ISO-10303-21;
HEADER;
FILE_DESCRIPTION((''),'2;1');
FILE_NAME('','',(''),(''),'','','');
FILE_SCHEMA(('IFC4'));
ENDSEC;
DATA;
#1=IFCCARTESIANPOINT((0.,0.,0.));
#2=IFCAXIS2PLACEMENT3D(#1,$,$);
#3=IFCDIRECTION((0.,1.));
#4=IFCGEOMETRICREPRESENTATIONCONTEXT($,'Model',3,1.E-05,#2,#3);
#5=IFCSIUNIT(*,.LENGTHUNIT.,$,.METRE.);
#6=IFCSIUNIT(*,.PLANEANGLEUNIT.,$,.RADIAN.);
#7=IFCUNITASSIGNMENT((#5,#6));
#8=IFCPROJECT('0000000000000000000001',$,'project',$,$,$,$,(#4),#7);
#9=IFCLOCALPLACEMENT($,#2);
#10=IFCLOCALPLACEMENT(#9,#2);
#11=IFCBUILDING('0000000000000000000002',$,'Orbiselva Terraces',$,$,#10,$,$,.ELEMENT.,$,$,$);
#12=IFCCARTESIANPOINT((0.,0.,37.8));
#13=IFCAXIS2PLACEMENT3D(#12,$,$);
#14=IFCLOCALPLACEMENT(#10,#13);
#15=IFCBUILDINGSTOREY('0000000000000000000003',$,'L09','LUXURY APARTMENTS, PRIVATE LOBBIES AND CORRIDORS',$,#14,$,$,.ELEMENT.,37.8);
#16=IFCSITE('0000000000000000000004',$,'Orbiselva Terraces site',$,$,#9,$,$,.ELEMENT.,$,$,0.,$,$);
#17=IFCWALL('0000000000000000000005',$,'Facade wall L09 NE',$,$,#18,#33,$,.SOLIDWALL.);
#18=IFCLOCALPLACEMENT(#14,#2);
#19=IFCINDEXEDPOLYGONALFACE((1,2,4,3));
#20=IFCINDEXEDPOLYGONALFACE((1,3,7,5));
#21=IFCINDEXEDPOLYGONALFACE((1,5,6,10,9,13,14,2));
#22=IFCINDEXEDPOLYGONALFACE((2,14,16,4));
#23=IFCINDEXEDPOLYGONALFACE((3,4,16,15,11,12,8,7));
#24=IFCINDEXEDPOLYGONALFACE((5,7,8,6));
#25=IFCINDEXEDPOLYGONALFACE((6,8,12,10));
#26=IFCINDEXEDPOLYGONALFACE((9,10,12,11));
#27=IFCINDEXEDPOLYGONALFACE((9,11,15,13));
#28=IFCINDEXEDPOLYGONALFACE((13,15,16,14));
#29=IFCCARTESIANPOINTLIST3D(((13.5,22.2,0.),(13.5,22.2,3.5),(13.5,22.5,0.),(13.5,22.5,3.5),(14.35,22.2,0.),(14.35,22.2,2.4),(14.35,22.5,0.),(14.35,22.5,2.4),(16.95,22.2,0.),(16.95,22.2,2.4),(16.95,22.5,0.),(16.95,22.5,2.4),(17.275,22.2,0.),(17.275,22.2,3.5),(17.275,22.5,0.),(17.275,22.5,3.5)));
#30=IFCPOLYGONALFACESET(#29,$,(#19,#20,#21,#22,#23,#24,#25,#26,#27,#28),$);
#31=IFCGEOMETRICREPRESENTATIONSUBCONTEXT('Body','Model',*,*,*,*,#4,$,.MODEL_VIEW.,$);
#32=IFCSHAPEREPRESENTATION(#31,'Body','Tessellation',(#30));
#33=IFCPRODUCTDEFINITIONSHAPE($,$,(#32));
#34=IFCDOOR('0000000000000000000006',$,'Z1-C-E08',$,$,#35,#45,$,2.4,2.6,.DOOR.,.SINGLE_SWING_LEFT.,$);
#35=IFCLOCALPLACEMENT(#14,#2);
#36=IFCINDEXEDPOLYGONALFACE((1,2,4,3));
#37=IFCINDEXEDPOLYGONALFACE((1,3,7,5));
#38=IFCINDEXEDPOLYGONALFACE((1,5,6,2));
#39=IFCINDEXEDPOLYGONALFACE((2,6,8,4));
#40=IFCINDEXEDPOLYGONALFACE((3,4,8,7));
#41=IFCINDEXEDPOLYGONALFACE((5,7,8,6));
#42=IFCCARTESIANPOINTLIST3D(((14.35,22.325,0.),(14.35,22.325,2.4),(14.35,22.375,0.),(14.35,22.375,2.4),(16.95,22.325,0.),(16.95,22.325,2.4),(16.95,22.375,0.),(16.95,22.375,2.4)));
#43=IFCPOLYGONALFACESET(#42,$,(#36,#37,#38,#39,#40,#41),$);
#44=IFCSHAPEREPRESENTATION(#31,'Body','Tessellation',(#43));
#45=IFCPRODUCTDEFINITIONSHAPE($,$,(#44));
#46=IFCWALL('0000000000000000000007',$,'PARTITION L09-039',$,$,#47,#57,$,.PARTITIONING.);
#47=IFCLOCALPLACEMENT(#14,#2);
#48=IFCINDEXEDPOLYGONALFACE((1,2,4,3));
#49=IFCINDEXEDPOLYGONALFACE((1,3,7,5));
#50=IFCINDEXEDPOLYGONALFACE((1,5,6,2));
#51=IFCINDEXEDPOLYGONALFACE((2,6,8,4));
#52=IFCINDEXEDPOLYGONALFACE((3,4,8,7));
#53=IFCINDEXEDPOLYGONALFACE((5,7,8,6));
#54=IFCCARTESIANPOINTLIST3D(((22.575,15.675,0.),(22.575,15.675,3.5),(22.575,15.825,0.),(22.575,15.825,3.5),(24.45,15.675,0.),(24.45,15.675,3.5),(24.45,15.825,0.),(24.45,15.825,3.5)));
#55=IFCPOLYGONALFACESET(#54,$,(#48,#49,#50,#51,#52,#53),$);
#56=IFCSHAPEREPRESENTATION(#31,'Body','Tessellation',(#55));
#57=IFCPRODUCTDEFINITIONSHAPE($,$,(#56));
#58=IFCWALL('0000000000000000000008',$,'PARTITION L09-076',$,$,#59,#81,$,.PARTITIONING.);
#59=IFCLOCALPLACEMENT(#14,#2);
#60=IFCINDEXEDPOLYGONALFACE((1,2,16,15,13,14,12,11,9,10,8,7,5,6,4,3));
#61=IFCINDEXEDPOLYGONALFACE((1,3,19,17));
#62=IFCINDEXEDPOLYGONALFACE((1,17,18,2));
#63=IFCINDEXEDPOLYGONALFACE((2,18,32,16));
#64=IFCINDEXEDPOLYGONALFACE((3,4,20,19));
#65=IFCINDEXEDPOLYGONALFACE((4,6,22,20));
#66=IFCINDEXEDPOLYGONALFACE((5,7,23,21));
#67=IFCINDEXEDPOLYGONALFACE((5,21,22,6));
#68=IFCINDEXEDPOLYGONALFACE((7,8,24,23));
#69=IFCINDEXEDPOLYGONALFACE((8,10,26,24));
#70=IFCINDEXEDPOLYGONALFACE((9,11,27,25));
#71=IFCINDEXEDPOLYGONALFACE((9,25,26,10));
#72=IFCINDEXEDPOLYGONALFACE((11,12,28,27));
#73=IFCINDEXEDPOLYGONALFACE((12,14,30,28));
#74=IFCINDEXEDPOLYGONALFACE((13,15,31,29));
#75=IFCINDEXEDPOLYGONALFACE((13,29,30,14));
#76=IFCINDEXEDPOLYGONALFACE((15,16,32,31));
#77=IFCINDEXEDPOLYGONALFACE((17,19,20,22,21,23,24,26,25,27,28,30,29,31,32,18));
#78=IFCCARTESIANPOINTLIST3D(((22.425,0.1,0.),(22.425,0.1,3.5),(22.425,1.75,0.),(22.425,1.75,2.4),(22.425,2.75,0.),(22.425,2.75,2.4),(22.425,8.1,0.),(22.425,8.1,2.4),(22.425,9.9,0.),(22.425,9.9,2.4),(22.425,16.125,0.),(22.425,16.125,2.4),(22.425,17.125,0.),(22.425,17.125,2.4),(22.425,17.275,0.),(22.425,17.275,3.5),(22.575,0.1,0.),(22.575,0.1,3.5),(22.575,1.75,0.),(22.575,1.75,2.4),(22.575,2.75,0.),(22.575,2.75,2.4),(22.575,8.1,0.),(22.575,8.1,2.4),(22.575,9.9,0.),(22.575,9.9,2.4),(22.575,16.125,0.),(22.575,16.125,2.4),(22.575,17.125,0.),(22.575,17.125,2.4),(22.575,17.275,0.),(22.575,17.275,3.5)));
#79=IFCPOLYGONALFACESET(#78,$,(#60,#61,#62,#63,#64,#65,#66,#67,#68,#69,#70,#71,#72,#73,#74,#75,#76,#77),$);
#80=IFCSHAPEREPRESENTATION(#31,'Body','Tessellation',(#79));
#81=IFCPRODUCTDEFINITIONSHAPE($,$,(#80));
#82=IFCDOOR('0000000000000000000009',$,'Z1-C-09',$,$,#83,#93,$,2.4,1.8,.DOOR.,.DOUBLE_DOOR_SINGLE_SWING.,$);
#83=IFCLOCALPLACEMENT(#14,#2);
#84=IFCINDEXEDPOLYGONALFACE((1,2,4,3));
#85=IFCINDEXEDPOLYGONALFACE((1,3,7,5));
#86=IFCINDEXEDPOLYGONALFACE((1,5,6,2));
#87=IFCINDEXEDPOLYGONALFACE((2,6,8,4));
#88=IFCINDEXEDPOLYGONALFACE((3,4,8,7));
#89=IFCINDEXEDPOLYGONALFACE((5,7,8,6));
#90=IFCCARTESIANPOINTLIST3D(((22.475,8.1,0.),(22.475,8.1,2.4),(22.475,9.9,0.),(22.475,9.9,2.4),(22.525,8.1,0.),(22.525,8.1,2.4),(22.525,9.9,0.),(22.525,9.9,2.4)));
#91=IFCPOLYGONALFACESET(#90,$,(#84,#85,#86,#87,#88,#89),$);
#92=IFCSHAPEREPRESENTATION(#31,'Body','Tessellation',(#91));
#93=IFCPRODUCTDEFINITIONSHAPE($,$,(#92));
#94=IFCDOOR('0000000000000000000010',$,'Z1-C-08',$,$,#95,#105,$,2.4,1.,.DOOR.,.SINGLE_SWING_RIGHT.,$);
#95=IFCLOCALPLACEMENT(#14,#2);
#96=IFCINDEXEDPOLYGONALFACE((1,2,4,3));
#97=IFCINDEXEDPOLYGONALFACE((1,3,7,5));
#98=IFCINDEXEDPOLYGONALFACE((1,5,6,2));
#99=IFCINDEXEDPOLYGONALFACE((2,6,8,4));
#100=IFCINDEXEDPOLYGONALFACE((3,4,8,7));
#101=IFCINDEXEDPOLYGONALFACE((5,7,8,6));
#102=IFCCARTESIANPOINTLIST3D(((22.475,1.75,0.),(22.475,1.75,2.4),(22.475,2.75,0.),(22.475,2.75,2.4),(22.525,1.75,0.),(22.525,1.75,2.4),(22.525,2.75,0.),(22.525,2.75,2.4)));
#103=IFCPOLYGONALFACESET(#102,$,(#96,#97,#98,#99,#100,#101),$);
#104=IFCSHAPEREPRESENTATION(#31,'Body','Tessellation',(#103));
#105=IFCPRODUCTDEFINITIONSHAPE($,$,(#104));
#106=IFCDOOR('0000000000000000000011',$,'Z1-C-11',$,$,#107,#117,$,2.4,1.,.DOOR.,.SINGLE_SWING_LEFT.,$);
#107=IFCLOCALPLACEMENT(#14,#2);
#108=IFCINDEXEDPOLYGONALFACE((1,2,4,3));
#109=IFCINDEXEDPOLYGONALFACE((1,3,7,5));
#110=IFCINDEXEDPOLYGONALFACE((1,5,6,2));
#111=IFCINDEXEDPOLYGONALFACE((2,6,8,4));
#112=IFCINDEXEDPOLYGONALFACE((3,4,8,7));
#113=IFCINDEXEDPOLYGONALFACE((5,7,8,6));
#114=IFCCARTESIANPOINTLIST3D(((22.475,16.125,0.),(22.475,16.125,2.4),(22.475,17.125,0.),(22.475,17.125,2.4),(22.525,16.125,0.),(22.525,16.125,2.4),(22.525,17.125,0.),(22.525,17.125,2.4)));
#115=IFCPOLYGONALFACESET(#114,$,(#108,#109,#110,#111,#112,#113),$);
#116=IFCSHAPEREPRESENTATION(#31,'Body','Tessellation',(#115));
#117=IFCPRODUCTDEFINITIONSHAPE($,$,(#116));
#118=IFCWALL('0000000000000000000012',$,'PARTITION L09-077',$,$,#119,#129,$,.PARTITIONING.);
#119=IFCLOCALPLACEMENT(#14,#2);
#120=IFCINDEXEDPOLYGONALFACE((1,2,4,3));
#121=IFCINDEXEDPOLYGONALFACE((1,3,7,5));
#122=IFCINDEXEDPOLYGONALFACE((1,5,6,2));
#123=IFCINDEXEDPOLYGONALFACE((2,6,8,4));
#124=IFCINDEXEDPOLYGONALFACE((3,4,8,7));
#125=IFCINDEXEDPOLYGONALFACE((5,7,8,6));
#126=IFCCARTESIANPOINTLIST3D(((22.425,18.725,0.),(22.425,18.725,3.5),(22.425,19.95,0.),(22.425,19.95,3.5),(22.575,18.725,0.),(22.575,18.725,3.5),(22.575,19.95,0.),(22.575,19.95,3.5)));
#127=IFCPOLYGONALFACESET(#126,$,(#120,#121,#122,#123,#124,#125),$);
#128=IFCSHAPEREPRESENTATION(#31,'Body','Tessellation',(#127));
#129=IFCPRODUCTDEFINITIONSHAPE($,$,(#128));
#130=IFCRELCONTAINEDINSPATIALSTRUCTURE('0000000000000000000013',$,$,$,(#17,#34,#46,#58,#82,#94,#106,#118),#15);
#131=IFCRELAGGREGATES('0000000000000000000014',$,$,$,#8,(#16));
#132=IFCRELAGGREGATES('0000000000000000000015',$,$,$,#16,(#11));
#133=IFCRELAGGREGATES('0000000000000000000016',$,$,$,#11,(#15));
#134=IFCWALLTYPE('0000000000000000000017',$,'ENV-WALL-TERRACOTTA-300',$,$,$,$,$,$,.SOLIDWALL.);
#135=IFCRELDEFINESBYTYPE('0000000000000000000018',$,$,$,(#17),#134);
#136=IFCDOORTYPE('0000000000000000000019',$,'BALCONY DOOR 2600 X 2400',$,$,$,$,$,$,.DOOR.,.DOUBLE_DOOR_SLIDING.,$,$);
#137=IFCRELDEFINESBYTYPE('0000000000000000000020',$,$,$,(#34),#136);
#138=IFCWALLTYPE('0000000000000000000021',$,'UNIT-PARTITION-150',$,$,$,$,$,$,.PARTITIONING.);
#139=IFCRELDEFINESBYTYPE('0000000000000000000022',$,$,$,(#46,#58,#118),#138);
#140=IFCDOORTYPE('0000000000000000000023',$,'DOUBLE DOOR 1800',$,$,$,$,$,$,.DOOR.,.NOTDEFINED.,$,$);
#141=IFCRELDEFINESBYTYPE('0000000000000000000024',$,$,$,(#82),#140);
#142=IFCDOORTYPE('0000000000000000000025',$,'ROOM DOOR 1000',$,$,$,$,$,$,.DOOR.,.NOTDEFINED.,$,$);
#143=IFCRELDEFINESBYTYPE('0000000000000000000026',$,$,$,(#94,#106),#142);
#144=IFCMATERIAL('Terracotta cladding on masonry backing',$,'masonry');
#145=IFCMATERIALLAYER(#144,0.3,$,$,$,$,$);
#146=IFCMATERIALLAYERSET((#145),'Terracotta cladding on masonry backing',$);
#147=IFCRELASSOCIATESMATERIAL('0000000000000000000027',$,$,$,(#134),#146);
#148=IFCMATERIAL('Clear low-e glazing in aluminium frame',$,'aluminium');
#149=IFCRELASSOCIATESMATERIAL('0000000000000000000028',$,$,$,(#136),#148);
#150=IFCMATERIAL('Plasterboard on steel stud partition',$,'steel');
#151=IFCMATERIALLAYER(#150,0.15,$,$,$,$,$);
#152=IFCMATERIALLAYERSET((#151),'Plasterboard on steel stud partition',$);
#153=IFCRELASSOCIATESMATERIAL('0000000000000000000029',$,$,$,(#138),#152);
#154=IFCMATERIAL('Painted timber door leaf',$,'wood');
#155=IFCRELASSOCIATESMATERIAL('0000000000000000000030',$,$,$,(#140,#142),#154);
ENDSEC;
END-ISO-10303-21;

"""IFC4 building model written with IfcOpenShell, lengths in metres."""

from ifc_helpers import new_model, si_unit, direction, frame, frame_2d, origin, place, context, subcontext, project, spatial, rectangle, extrude, material, layer, layer_set, type_object, element, fill, save


model = new_model("IFC4")

# Units and contexts
model_context = context("Model", 3, precision=1e-05, world=origin(), true_north=direction((0.0, 1.0)))
body_context = subcontext(model_context, "Body", "Model", "MODEL_VIEW")
ifc_project = project(units=[si_unit("LENGTHUNIT", "METRE"), si_unit("PLANEANGLEUNIT", "RADIAN")], contexts=[model_context])

# Site, building, storey
site_placement = place(None, origin())
site = spatial("IfcSite", under=ifc_project, at=site_placement, Name="Orbiselva Terraces site", CompositionType="ELEMENT", RefElevation=0.0)
building_placement = place(site_placement, origin())
building = spatial("IfcBuilding", under=site, at=building_placement, Name="Orbiselva Terraces", CompositionType="ELEMENT")
storey_placement = place(building_placement, frame((0.0, 0.0, 37.8)))
storey = spatial("IfcBuildingStorey", under=building, at=storey_placement, Name="L09", Description="LUXURY APARTMENTS, PRIVATE LOBBIES AND CORRIDORS", CompositionType="ELEMENT", Elevation=37.8)

# Shared definitions
ifc_material_1 = material(Name="Terracotta cladding on masonry backing", Category="masonry")
ifc_layer_1 = layer(ifc_material_1, 0.3)
ifc_layer_set_1 = layer_set([ifc_layer_1], Name="Terracotta cladding on masonry backing")
wall_type_1 = type_object("IfcWallType", Name="ENV-WALL-TERRACOTTA-300", PredefinedType="SOLIDWALL", material=ifc_layer_set_1)
ifc_material_2 = material(Name="Clear low-e glazing in aluminium frame", Category="aluminium")

# Wall, opening, door
wall_1_placement = place(storey_placement, frame((13.5, 22.35, 0.0), z_axis=(0.0, 0.0, 1.0), x_axis=(1.0, 0.0, 0.0)))
wall_1 = element("IfcWall", 1, at=wall_1_placement, inside=storey, type_object=wall_type_1, Name="Facade wall L09 NE", PredefinedType="SOLIDWALL", context=body_context, shape_type="SweptSolid", body=[
    extrude(rectangle(XDim=3.775, YDim=0.3, at=frame_2d((1.8875, 0.0))), origin(), (0.0, 0.0, 1.0), 3.5),
])
opening_1_placement = place(wall_1_placement, frame((0.85, 0.0, 0.0)))
opening_1 = element("IfcOpeningElement", 2, at=opening_1_placement, cuts=wall_1, PredefinedType="OPENING", context=body_context, shape_type="SweptSolid", body=[
    extrude(rectangle(XDim=2.6, YDim=2.4, at=frame_2d((1.3, 1.2))), frame((0.0, 0.16, 0.0), z_axis=(0.0, -1.0, 0.0), x_axis=(1.0, 0.0, 0.0)), (0.0, 0.0, 1.0), 0.32),
])
door_type_1 = type_object("IfcDoorType", Name="BALCONY DOOR 2600 X 2400", OperationType="DOUBLE_DOOR_SLIDING", PredefinedType="DOOR", material=ifc_material_2)
door_1_placement = place(opening_1_placement, origin())
door_1 = element("IfcDoor", 3, at=door_1_placement, inside=storey, type_object=door_type_1, Name="Z1-C-E08", OperationType="SINGLE_SWING_LEFT", OverallHeight=2.4, OverallWidth=2.6, PredefinedType="DOOR", context=body_context, shape_type="SweptSolid", body=[
    extrude(rectangle(XDim=2.6, YDim=2.4, at=frame_2d((1.3, 1.2))), frame((0.0, 0.025, 0.0), z_axis=(0.0, -1.0, 0.0), x_axis=(1.0, 0.0, 0.0)), (0.0, 0.0, 1.0), 0.05),
])
fill(opening_1, door_1)

# Wall
ifc_material_3 = material(Name="Plasterboard on steel stud partition", Category="steel")
ifc_layer_2 = layer(ifc_material_3, 0.15)
ifc_layer_set_2 = layer_set([ifc_layer_2], Name="Plasterboard on steel stud partition")
wall_type_2 = type_object("IfcWallType", Name="UNIT-PARTITION-150", PredefinedType="PARTITIONING", material=ifc_layer_set_2)
wall_2_placement = place(storey_placement, frame((22.575, 15.75, 0.0), z_axis=(0.0, 0.0, 1.0), x_axis=(1.0, 0.0, 0.0)))
element("IfcWall", 4, at=wall_2_placement, inside=storey, type_object=wall_type_2, Name="PARTITION L09-039", PredefinedType="PARTITIONING", context=body_context, shape_type="SweptSolid", body=[
    extrude(rectangle(XDim=1.875, YDim=0.15, at=frame_2d((0.9375, 0.0))), origin(), (0.0, 0.0, 1.0), 3.5),
])

# Wall, openings, doors
wall_3_placement = place(storey_placement, frame((22.5, 17.275, 0.0), z_axis=(0.0, 0.0, 1.0), x_axis=(0.0, -1.0, 0.0)))
wall_3 = element("IfcWall", 5, at=wall_3_placement, inside=storey, type_object=wall_type_2, Name="PARTITION L09-076", PredefinedType="PARTITIONING", context=body_context, shape_type="SweptSolid", body=[
    extrude(rectangle(XDim=17.175, YDim=0.15, at=frame_2d((8.5875, 0.0))), origin(), (0.0, 0.0, 1.0), 3.5),
])
opening_2_placement = place(wall_3_placement, frame((14.525, 0.0, 0.0)))
opening_2 = element("IfcOpeningElement", 6, at=opening_2_placement, cuts=wall_3, PredefinedType="OPENING", context=body_context, shape_type="SweptSolid", body=[
    extrude(rectangle(XDim=1.0, YDim=2.4, at=frame_2d((0.5, 1.2))), frame((0.0, 0.085, 0.0), z_axis=(0.0, -1.0, 0.0), x_axis=(1.0, 0.0, 0.0)), (0.0, 0.0, 1.0), 0.17),
])
opening_3_placement = place(wall_3_placement, frame((7.375, 0.0, 0.0)))
opening_3 = element("IfcOpeningElement", 7, at=opening_3_placement, cuts=wall_3, PredefinedType="OPENING", context=body_context, shape_type="SweptSolid", body=[
    extrude(rectangle(XDim=1.8, YDim=2.4, at=frame_2d((0.9, 1.2))), frame((0.0, 0.085, 0.0), z_axis=(0.0, -1.0, 0.0), x_axis=(1.0, 0.0, 0.0)), (0.0, 0.0, 1.0), 0.17),
])
opening_4_placement = place(wall_3_placement, frame((0.15, 0.0, 0.0)))
opening_4 = element("IfcOpeningElement", 8, at=opening_4_placement, cuts=wall_3, PredefinedType="OPENING", context=body_context, shape_type="SweptSolid", body=[
    extrude(rectangle(XDim=1.0, YDim=2.4, at=frame_2d((0.5, 1.2))), frame((0.0, 0.085, 0.0), z_axis=(0.0, -1.0, 0.0), x_axis=(1.0, 0.0, 0.0)), (0.0, 0.0, 1.0), 0.17),
])
ifc_material_4 = material(Name="Painted timber door leaf", Category="wood")
door_type_2 = type_object("IfcDoorType", Name="DOUBLE DOOR 1800", OperationType="NOTDEFINED", PredefinedType="DOOR", material=ifc_material_4)
door_2_placement = place(opening_3_placement, origin())
door_2 = element("IfcDoor", 9, at=door_2_placement, inside=storey, type_object=door_type_2, Name="Z1-C-09", OperationType="DOUBLE_DOOR_SINGLE_SWING", OverallHeight=2.4, OverallWidth=1.8, PredefinedType="DOOR", context=body_context, shape_type="SweptSolid", body=[
    extrude(rectangle(XDim=1.8, YDim=2.4, at=frame_2d((0.9, 1.2))), frame((0.0, 0.025, 0.0), z_axis=(0.0, -1.0, 0.0), x_axis=(1.0, 0.0, 0.0)), (0.0, 0.0, 1.0), 0.05),
])
fill(opening_3, door_2)
door_type_3 = type_object("IfcDoorType", Name="ROOM DOOR 1000", OperationType="NOTDEFINED", PredefinedType="DOOR", material=ifc_material_4)
door_3_placement = place(opening_2_placement, origin())
door_3 = element("IfcDoor", 10, at=door_3_placement, inside=storey, type_object=door_type_3, Name="Z1-C-08", OperationType="SINGLE_SWING_RIGHT", OverallHeight=2.4, OverallWidth=1.0, PredefinedType="DOOR", context=body_context, shape_type="SweptSolid", body=[
    extrude(rectangle(XDim=1.0, YDim=2.4, at=frame_2d((0.5, 1.2))), frame((0.0, 0.025, 0.0), z_axis=(0.0, -1.0, 0.0), x_axis=(1.0, 0.0, 0.0)), (0.0, 0.0, 1.0), 0.05),
])
fill(opening_2, door_3)
door_4_placement = place(opening_4_placement, origin())
door_4 = element("IfcDoor", 11, at=door_4_placement, inside=storey, type_object=door_type_3, Name="Z1-C-11", OperationType="SINGLE_SWING_LEFT", OverallHeight=2.4, OverallWidth=1.0, PredefinedType="DOOR", context=body_context, shape_type="SweptSolid", body=[
    extrude(rectangle(XDim=1.0, YDim=2.4, at=frame_2d((0.5, 1.2))), frame((0.0, 0.025, 0.0), z_axis=(0.0, -1.0, 0.0), x_axis=(1.0, 0.0, 0.0)), (0.0, 0.0, 1.0), 0.05),
])
fill(opening_4, door_4)

# Wall
wall_4_placement = place(storey_placement, frame((22.5, 18.725, 0.0), z_axis=(0.0, 0.0, 1.0), x_axis=(0.0, 1.0, 0.0)))
element("IfcWall", 12, at=wall_4_placement, inside=storey, type_object=wall_type_2, Name="PARTITION L09-077", PredefinedType="PARTITIONING", context=body_context, shape_type="SweptSolid", body=[
    extrude(rectangle(XDim=1.225, YDim=0.15, at=frame_2d((0.6125, 0.0))), origin(), (0.0, 0.0, 1.0), 3.5),
])

save(model, "model.ifc")
